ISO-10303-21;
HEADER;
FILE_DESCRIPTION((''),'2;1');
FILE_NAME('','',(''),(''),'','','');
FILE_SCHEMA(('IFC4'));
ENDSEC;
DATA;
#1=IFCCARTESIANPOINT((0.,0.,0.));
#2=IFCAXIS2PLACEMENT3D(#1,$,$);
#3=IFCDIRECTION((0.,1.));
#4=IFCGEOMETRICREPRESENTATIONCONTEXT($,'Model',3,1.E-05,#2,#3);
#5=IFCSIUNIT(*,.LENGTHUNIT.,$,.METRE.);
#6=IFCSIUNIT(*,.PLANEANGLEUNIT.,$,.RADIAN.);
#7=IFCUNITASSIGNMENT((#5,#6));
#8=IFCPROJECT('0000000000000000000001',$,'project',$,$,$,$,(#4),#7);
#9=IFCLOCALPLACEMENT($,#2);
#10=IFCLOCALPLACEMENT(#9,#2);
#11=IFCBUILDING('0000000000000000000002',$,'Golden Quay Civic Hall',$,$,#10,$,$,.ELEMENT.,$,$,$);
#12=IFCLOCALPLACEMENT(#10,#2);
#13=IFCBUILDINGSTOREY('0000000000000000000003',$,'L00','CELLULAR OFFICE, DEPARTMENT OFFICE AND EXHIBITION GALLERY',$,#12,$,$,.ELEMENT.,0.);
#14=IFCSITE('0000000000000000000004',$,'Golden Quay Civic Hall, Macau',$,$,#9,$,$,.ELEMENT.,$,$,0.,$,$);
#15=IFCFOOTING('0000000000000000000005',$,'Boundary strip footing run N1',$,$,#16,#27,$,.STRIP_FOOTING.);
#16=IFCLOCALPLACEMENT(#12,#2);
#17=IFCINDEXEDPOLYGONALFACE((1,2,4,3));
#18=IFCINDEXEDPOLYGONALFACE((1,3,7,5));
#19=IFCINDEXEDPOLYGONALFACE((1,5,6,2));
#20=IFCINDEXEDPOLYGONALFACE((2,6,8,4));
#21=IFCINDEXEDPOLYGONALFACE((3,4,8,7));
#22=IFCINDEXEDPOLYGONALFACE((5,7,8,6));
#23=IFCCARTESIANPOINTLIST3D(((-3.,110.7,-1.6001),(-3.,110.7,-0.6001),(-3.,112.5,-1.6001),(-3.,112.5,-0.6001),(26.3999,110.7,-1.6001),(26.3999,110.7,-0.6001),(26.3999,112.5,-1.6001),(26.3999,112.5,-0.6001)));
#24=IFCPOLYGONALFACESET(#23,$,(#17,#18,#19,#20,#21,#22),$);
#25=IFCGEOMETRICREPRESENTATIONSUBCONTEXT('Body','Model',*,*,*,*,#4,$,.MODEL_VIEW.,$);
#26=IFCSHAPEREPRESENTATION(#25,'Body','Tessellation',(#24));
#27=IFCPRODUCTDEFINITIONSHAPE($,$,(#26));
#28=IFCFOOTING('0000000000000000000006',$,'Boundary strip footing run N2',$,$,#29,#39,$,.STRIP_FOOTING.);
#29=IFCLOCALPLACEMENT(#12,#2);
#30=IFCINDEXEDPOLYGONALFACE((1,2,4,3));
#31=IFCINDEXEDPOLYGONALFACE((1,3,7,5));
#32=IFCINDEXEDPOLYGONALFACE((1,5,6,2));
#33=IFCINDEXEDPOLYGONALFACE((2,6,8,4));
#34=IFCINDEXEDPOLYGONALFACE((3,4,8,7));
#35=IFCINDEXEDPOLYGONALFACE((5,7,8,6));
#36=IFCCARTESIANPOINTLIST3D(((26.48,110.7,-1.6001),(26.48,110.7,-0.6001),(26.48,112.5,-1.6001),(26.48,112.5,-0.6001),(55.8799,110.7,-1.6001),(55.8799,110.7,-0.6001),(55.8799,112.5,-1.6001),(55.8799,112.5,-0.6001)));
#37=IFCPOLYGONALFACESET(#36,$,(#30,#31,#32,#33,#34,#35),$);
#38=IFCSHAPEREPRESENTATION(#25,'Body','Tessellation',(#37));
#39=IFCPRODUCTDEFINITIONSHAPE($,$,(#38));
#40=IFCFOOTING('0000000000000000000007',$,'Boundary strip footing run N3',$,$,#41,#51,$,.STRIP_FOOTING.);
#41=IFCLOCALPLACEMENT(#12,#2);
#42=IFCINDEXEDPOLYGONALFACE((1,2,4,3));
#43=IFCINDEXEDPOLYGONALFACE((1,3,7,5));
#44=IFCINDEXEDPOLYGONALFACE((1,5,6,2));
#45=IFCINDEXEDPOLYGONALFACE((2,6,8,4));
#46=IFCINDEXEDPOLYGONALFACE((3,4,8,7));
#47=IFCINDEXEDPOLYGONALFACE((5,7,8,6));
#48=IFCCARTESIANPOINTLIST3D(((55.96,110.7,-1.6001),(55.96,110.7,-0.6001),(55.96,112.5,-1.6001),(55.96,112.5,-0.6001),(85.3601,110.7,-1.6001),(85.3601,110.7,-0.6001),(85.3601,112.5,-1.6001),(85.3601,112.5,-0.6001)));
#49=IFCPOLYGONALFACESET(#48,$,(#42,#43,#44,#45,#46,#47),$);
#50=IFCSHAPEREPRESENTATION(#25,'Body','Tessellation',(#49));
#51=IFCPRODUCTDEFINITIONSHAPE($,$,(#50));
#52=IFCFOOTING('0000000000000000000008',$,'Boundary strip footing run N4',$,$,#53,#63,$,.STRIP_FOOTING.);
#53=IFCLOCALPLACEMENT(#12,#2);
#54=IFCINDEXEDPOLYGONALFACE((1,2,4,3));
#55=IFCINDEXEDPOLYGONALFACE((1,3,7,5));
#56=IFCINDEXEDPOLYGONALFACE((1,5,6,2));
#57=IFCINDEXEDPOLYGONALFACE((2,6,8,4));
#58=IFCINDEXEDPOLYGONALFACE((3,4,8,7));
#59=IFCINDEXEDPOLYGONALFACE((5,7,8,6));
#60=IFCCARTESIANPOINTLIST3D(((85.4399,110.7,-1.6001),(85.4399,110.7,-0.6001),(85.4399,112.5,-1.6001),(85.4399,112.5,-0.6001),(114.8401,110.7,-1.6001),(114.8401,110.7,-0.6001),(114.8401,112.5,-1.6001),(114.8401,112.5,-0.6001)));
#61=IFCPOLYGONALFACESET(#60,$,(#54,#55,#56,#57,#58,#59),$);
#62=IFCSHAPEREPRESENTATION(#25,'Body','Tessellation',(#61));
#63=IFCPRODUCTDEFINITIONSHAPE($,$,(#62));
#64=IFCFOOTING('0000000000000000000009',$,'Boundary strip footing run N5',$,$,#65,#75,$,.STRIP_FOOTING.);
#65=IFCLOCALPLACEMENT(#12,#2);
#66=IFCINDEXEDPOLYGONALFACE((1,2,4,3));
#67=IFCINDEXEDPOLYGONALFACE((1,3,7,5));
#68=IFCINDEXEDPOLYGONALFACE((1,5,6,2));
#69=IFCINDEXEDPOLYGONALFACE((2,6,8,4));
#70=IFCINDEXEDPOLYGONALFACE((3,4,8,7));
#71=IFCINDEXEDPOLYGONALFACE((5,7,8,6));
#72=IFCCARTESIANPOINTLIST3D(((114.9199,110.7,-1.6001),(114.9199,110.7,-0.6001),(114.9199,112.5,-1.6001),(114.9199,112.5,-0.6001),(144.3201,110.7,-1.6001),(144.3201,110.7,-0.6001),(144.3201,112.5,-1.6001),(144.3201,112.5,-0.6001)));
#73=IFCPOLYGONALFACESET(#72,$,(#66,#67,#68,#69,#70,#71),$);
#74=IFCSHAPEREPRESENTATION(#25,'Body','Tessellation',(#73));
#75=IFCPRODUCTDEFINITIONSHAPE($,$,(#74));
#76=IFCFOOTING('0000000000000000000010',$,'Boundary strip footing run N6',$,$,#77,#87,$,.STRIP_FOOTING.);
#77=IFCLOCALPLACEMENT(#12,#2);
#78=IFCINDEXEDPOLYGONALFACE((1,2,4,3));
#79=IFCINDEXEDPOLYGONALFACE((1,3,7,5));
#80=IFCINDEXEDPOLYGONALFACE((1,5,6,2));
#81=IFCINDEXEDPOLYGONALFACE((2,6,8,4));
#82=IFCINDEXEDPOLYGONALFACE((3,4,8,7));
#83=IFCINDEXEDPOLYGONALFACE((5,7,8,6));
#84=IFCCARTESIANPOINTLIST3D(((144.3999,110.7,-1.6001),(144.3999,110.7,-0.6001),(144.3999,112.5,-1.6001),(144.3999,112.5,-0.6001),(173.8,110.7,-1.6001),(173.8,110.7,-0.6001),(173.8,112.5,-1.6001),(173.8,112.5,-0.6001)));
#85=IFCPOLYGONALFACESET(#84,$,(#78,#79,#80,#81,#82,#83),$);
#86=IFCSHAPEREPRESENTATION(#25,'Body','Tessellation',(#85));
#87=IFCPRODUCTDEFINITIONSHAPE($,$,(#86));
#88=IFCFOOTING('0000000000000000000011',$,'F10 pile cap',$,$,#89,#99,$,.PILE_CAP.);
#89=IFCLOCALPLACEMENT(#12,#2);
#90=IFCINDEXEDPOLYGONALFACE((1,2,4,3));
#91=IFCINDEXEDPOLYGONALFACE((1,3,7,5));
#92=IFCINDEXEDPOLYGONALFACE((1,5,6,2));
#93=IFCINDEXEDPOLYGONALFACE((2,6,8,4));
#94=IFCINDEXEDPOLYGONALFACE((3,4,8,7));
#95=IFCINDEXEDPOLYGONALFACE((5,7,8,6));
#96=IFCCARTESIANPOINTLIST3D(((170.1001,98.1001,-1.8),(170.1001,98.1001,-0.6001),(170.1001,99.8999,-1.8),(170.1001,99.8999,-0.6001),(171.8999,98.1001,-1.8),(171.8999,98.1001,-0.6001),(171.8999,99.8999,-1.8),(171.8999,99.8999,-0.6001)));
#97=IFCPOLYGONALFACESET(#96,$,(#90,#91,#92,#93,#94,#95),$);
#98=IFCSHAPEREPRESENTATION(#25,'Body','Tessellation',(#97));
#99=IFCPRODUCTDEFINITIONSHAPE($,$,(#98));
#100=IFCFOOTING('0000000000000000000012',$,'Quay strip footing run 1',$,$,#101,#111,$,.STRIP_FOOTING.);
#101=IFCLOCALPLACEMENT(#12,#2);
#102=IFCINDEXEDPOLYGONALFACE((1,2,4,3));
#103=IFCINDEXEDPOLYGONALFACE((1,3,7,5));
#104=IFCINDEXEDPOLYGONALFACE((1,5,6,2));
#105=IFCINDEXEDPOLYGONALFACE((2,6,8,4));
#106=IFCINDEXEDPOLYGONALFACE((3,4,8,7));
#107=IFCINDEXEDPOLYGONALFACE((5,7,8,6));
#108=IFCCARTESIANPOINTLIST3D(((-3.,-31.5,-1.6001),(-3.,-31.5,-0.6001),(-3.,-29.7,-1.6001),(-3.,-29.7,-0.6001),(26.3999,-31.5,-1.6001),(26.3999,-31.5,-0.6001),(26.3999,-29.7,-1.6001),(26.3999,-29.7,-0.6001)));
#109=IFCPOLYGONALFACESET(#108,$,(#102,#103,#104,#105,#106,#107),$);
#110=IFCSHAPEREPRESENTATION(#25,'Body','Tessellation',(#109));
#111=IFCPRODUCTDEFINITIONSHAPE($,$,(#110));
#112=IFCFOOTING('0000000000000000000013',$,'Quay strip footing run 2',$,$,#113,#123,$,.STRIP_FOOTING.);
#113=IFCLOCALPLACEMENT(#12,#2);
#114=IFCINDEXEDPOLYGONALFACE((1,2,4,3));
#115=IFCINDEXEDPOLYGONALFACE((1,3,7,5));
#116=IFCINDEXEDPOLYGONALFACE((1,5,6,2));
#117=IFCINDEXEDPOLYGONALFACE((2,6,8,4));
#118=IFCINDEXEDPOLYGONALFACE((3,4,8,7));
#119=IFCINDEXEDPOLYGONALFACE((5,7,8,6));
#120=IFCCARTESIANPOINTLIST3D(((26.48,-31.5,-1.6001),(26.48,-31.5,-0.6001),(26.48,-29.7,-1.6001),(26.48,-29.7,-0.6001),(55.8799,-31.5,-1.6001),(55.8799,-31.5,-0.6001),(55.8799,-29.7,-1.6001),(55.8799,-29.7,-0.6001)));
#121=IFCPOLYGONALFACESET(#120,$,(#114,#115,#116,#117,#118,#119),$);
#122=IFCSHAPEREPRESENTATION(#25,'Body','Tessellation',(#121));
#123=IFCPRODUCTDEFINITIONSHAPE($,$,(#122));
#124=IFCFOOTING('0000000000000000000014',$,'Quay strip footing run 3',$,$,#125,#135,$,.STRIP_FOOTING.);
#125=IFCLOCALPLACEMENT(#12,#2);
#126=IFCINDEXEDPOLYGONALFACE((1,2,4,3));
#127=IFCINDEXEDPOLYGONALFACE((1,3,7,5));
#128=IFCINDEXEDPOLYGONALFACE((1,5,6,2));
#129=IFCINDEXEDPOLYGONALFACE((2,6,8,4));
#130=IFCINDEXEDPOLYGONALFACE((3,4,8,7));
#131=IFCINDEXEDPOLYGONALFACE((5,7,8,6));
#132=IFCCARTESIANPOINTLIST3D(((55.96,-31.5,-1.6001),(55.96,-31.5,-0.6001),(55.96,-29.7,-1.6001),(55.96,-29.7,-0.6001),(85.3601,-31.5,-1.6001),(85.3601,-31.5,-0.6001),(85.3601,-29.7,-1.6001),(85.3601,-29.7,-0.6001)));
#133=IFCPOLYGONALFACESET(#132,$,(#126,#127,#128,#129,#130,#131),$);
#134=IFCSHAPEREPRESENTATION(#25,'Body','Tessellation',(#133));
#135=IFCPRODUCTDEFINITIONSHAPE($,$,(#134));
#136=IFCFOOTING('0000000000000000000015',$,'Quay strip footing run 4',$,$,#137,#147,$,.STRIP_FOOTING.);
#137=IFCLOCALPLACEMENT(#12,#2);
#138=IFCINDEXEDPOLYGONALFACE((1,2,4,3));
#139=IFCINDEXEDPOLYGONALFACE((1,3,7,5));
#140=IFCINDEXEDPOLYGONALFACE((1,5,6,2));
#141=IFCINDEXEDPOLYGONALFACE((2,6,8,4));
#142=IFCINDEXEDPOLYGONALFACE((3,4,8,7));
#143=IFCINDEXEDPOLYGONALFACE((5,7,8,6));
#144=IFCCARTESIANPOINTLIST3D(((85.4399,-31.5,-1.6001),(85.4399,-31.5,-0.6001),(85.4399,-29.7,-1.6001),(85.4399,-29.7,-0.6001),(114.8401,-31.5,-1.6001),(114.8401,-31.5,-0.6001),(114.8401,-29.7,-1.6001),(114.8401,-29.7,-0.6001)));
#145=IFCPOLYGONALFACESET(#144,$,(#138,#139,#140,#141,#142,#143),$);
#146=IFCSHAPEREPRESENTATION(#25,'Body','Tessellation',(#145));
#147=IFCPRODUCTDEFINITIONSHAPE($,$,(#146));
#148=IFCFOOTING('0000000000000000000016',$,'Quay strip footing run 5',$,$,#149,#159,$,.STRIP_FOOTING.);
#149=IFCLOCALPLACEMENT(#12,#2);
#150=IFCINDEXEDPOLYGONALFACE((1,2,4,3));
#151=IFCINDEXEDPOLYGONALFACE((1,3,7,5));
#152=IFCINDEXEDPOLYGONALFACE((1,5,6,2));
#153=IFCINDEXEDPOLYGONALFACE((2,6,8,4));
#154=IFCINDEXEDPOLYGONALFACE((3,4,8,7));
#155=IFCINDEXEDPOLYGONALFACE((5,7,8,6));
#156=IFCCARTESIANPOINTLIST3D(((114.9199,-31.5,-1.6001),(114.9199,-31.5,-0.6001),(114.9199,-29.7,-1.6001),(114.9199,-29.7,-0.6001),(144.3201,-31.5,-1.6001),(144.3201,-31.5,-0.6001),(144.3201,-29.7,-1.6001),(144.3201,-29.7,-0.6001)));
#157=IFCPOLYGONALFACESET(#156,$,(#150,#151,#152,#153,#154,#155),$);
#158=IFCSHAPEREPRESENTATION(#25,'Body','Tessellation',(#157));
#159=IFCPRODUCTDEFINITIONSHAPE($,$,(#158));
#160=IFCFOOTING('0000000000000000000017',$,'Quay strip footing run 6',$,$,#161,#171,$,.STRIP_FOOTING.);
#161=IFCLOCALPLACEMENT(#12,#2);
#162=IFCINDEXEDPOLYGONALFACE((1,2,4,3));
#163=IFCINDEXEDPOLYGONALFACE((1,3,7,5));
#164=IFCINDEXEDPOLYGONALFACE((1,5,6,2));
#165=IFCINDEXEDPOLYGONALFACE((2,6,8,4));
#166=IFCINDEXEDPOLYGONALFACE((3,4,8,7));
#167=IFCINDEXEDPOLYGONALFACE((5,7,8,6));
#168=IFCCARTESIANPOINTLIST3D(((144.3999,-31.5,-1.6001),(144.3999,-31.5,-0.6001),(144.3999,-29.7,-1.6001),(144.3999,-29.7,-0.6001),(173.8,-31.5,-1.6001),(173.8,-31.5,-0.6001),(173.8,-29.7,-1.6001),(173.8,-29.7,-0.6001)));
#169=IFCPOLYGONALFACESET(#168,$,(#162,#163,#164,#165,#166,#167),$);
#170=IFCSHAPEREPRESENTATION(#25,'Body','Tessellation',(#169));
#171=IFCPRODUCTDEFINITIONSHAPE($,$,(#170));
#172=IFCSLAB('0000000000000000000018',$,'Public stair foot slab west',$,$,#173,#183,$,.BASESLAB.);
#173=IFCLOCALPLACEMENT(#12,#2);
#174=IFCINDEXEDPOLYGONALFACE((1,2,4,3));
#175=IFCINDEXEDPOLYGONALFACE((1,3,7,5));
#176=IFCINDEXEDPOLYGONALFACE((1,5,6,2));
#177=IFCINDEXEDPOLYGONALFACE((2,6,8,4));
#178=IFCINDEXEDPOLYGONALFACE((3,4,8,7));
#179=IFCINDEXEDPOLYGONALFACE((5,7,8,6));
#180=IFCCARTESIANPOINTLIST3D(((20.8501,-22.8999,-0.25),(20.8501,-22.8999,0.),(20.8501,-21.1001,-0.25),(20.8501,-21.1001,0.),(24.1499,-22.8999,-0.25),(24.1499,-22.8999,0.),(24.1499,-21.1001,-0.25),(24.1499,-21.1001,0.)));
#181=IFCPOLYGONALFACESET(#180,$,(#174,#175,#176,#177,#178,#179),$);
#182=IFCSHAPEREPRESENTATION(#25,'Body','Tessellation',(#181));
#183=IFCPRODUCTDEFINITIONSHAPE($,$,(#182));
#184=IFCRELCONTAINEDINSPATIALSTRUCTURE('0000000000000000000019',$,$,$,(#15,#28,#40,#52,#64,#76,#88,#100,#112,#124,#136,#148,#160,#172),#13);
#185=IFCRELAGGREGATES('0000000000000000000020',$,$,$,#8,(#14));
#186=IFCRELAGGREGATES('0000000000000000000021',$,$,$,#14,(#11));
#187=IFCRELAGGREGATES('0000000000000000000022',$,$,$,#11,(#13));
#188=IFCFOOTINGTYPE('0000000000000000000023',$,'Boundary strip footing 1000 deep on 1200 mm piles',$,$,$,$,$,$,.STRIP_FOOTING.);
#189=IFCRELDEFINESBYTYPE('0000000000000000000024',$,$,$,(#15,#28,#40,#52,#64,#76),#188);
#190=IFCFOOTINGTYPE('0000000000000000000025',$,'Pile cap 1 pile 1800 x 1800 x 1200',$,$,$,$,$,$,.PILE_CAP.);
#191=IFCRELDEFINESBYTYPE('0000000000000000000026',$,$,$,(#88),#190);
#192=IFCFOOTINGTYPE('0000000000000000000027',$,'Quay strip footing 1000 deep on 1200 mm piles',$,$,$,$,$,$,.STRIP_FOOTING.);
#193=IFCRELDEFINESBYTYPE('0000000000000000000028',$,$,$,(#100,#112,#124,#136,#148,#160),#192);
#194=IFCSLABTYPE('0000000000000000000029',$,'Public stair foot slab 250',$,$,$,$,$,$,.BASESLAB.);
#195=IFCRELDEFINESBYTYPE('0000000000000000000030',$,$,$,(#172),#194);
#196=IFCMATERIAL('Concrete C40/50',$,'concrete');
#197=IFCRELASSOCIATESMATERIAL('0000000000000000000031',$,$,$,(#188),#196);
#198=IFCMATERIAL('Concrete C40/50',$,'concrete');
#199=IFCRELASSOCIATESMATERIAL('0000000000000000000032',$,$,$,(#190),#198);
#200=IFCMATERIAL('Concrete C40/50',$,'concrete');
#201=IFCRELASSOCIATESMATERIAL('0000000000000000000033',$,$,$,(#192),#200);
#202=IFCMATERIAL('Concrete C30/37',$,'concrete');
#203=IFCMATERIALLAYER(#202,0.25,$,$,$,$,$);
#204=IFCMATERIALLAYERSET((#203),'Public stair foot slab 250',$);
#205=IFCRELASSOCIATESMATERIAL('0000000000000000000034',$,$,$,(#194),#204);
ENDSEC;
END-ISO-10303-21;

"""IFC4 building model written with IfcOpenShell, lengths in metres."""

from ifc_helpers import new_model, si_unit, direction, frame, origin, place, context, subcontext, project, spatial, polyline, outline, extrude, material, layer, layer_set, type_object, element, save


model = new_model("IFC4")

# Units and contexts
model_context = context("Model", 3, precision=1e-05, world=origin(), true_north=direction((0.0, 1.0)))
body_context = subcontext(model_context, "Body", "Model", "MODEL_VIEW")
ifc_project = project(units=[si_unit("LENGTHUNIT", "METRE"), si_unit("PLANEANGLEUNIT", "RADIAN")], contexts=[model_context])

# Site, building, storey
site_placement = place(None, origin())
site = spatial("IfcSite", under=ifc_project, at=site_placement, Name="Golden Quay Civic Hall, Macau", CompositionType="ELEMENT", RefElevation=0.0)
building_placement = place(site_placement, origin())
building = spatial("IfcBuilding", under=site, at=building_placement, Name="Golden Quay Civic Hall", CompositionType="ELEMENT")
storey_placement = place(building_placement, origin())
storey = spatial("IfcBuildingStorey", under=building, at=storey_placement, Name="L00", Description="CELLULAR OFFICE, DEPARTMENT OFFICE AND EXHIBITION GALLERY", CompositionType="ELEMENT", Elevation=0.0)

# Footings
ifc_material_1 = material(Name="Concrete C40/50", Category="concrete")
footing_type_1 = type_object("IfcFootingType", Name="Boundary strip footing 1000 deep on 1200 mm piles", PredefinedType="STRIP_FOOTING", material=ifc_material_1)
footing_1_placement = place(storey_placement, frame((0.0, 0.0, -1.6001)))
element("IfcFooting", 1, at=footing_1_placement, inside=storey, type_object=footing_type_1, Name="Boundary strip footing run N1", PredefinedType="STRIP_FOOTING", context=body_context, shape_type="SweptSolid", body=[
    extrude(outline(polyline([(-3.0, 110.7), (26.3999, 110.7), (26.3999, 112.5), (-3.0, 112.5), (-3.0, 110.7)])), origin(), (0.0, 0.0, 1.0), 1.0),
])
footing_2_placement = place(storey_placement, frame((0.0, 0.0, -1.6001)))
element("IfcFooting", 2, at=footing_2_placement, inside=storey, type_object=footing_type_1, Name="Boundary strip footing run N2", PredefinedType="STRIP_FOOTING", context=body_context, shape_type="SweptSolid", body=[
    extrude(outline(polyline([(26.48, 110.7), (55.8799, 110.7), (55.8799, 112.5), (26.48, 112.5), (26.48, 110.7)])), origin(), (0.0, 0.0, 1.0), 1.0),
])
footing_3_placement = place(storey_placement, frame((0.0, 0.0, -1.6001)))
element("IfcFooting", 3, at=footing_3_placement, inside=storey, type_object=footing_type_1, Name="Boundary strip footing run N3", PredefinedType="STRIP_FOOTING", context=body_context, shape_type="SweptSolid", body=[
    extrude(outline(polyline([(55.96, 110.7), (85.3601, 110.7), (85.3601, 112.5), (55.96, 112.5), (55.96, 110.7)])), origin(), (0.0, 0.0, 1.0), 1.0),
])
footing_4_placement = place(storey_placement, frame((0.0, 0.0, -1.6001)))
element("IfcFooting", 4, at=footing_4_placement, inside=storey, type_object=footing_type_1, Name="Boundary strip footing run N4", PredefinedType="STRIP_FOOTING", context=body_context, shape_type="SweptSolid", body=[
    extrude(outline(polyline([(85.4399, 110.7), (114.8401, 110.7), (114.8401, 112.5), (85.4399, 112.5), (85.4399, 110.7)])), origin(), (0.0, 0.0, 1.0), 1.0),
])
footing_5_placement = place(storey_placement, frame((0.0, 0.0, -1.6001)))
element("IfcFooting", 5, at=footing_5_placement, inside=storey, type_object=footing_type_1, Name="Boundary strip footing run N5", PredefinedType="STRIP_FOOTING", context=body_context, shape_type="SweptSolid", body=[
    extrude(outline(polyline([(114.9199, 110.7), (144.3201, 110.7), (144.3201, 112.5), (114.9199, 112.5), (114.9199, 110.7)])), origin(), (0.0, 0.0, 1.0), 1.0),
])
footing_6_placement = place(storey_placement, frame((0.0, 0.0, -1.6001)))
element("IfcFooting", 6, at=footing_6_placement, inside=storey, type_object=footing_type_1, Name="Boundary strip footing run N6", PredefinedType="STRIP_FOOTING", context=body_context, shape_type="SweptSolid", body=[
    extrude(outline(polyline([(144.3999, 110.7), (173.8, 110.7), (173.8, 112.5), (144.3999, 112.5), (144.3999, 110.7)])), origin(), (0.0, 0.0, 1.0), 1.0),
])
ifc_material_2 = material(Name="Concrete C40/50", Category="concrete")
footing_type_2 = type_object("IfcFootingType", Name="Pile cap 1 pile 1800 x 1800 x 1200", PredefinedType="PILE_CAP", material=ifc_material_2)
footing_7_placement = place(storey_placement, frame((0.0, 0.0, -1.8)))
element("IfcFooting", 7, at=footing_7_placement, inside=storey, type_object=footing_type_2, Name="F10 pile cap", PredefinedType="PILE_CAP", context=body_context, shape_type="SweptSolid", body=[
    extrude(outline(polyline([(171.8999, 98.1001), (171.8999, 99.8999), (170.1001, 99.8999), (170.1001, 98.1001), (171.8999, 98.1001)])), origin(), (0.0, 0.0, 1.0), 1.2),
])
ifc_material_3 = material(Name="Concrete C40/50", Category="concrete")
footing_type_3 = type_object("IfcFootingType", Name="Quay strip footing 1000 deep on 1200 mm piles", PredefinedType="STRIP_FOOTING", material=ifc_material_3)
footing_8_placement = place(storey_placement, frame((0.0, 0.0, -1.6001)))
element("IfcFooting", 8, at=footing_8_placement, inside=storey, type_object=footing_type_3, Name="Quay strip footing run 1", PredefinedType="STRIP_FOOTING", context=body_context, shape_type="SweptSolid", body=[
    extrude(outline(polyline([(-3.0, -31.5), (26.3999, -31.5), (26.3999, -29.7), (-3.0, -29.7), (-3.0, -31.5)])), origin(), (0.0, 0.0, 1.0), 1.0),
])
footing_9_placement = place(storey_placement, frame((0.0, 0.0, -1.6001)))
element("IfcFooting", 9, at=footing_9_placement, inside=storey, type_object=footing_type_3, Name="Quay strip footing run 2", PredefinedType="STRIP_FOOTING", context=body_context, shape_type="SweptSolid", body=[
    extrude(outline(polyline([(26.48, -31.5), (55.8799, -31.5), (55.8799, -29.7), (26.48, -29.7), (26.48, -31.5)])), origin(), (0.0, 0.0, 1.0), 1.0),
])
footing_10_placement = place(storey_placement, frame((0.0, 0.0, -1.6001)))
element("IfcFooting", 10, at=footing_10_placement, inside=storey, type_object=footing_type_3, Name="Quay strip footing run 3", PredefinedType="STRIP_FOOTING", context=body_context, shape_type="SweptSolid", body=[
    extrude(outline(polyline([(55.96, -31.5), (85.3601, -31.5), (85.3601, -29.7), (55.96, -29.7), (55.96, -31.5)])), origin(), (0.0, 0.0, 1.0), 1.0),
])
footing_11_placement = place(storey_placement, frame((0.0, 0.0, -1.6001)))
element("IfcFooting", 11, at=footing_11_placement, inside=storey, type_object=footing_type_3, Name="Quay strip footing run 4", PredefinedType="STRIP_FOOTING", context=body_context, shape_type="SweptSolid", body=[
    extrude(outline(polyline([(85.4399, -31.5), (114.8401, -31.5), (114.8401, -29.7), (85.4399, -29.7), (85.4399, -31.5)])), origin(), (0.0, 0.0, 1.0), 1.0),
])
footing_12_placement = place(storey_placement, frame((0.0, 0.0, -1.6001)))
element("IfcFooting", 12, at=footing_12_placement, inside=storey, type_object=footing_type_3, Name="Quay strip footing run 5", PredefinedType="STRIP_FOOTING", context=body_context, shape_type="SweptSolid", body=[
    extrude(outline(polyline([(114.9199, -31.5), (144.3201, -31.5), (144.3201, -29.7), (114.9199, -29.7), (114.9199, -31.5)])), origin(), (0.0, 0.0, 1.0), 1.0),
])
footing_13_placement = place(storey_placement, frame((0.0, 0.0, -1.6001)))
element("IfcFooting", 13, at=footing_13_placement, inside=storey, type_object=footing_type_3, Name="Quay strip footing run 6", PredefinedType="STRIP_FOOTING", context=body_context, shape_type="SweptSolid", body=[
    extrude(outline(polyline([(144.3999, -31.5), (173.8, -31.5), (173.8, -29.7), (144.3999, -29.7), (144.3999, -31.5)])), origin(), (0.0, 0.0, 1.0), 1.0),
])

# Slab
ifc_material_4 = material(Name="Concrete C30/37", Category="concrete")
ifc_layer_1 = layer(ifc_material_4, 0.25)
ifc_layer_set_1 = layer_set([ifc_layer_1], Name="Public stair foot slab 250")
slab_type = type_object("IfcSlabType", Name="Public stair foot slab 250", PredefinedType="BASESLAB", material=ifc_layer_set_1)
slab_placement = place(storey_placement, frame((0.0, 0.0, -0.25)))
element("IfcSlab", 14, at=slab_placement, inside=storey, type_object=slab_type, Name="Public stair foot slab west", PredefinedType="BASESLAB", context=body_context, shape_type="SweptSolid", body=[
    extrude(outline(polyline([(20.8501, -22.8999), (24.1499, -22.8999), (24.1499, -21.1001), (20.8501, -21.1001), (20.8501, -22.8999)])), origin(), (0.0, 0.0, 1.0), 0.25),
])

save(model, "model.ifc")
